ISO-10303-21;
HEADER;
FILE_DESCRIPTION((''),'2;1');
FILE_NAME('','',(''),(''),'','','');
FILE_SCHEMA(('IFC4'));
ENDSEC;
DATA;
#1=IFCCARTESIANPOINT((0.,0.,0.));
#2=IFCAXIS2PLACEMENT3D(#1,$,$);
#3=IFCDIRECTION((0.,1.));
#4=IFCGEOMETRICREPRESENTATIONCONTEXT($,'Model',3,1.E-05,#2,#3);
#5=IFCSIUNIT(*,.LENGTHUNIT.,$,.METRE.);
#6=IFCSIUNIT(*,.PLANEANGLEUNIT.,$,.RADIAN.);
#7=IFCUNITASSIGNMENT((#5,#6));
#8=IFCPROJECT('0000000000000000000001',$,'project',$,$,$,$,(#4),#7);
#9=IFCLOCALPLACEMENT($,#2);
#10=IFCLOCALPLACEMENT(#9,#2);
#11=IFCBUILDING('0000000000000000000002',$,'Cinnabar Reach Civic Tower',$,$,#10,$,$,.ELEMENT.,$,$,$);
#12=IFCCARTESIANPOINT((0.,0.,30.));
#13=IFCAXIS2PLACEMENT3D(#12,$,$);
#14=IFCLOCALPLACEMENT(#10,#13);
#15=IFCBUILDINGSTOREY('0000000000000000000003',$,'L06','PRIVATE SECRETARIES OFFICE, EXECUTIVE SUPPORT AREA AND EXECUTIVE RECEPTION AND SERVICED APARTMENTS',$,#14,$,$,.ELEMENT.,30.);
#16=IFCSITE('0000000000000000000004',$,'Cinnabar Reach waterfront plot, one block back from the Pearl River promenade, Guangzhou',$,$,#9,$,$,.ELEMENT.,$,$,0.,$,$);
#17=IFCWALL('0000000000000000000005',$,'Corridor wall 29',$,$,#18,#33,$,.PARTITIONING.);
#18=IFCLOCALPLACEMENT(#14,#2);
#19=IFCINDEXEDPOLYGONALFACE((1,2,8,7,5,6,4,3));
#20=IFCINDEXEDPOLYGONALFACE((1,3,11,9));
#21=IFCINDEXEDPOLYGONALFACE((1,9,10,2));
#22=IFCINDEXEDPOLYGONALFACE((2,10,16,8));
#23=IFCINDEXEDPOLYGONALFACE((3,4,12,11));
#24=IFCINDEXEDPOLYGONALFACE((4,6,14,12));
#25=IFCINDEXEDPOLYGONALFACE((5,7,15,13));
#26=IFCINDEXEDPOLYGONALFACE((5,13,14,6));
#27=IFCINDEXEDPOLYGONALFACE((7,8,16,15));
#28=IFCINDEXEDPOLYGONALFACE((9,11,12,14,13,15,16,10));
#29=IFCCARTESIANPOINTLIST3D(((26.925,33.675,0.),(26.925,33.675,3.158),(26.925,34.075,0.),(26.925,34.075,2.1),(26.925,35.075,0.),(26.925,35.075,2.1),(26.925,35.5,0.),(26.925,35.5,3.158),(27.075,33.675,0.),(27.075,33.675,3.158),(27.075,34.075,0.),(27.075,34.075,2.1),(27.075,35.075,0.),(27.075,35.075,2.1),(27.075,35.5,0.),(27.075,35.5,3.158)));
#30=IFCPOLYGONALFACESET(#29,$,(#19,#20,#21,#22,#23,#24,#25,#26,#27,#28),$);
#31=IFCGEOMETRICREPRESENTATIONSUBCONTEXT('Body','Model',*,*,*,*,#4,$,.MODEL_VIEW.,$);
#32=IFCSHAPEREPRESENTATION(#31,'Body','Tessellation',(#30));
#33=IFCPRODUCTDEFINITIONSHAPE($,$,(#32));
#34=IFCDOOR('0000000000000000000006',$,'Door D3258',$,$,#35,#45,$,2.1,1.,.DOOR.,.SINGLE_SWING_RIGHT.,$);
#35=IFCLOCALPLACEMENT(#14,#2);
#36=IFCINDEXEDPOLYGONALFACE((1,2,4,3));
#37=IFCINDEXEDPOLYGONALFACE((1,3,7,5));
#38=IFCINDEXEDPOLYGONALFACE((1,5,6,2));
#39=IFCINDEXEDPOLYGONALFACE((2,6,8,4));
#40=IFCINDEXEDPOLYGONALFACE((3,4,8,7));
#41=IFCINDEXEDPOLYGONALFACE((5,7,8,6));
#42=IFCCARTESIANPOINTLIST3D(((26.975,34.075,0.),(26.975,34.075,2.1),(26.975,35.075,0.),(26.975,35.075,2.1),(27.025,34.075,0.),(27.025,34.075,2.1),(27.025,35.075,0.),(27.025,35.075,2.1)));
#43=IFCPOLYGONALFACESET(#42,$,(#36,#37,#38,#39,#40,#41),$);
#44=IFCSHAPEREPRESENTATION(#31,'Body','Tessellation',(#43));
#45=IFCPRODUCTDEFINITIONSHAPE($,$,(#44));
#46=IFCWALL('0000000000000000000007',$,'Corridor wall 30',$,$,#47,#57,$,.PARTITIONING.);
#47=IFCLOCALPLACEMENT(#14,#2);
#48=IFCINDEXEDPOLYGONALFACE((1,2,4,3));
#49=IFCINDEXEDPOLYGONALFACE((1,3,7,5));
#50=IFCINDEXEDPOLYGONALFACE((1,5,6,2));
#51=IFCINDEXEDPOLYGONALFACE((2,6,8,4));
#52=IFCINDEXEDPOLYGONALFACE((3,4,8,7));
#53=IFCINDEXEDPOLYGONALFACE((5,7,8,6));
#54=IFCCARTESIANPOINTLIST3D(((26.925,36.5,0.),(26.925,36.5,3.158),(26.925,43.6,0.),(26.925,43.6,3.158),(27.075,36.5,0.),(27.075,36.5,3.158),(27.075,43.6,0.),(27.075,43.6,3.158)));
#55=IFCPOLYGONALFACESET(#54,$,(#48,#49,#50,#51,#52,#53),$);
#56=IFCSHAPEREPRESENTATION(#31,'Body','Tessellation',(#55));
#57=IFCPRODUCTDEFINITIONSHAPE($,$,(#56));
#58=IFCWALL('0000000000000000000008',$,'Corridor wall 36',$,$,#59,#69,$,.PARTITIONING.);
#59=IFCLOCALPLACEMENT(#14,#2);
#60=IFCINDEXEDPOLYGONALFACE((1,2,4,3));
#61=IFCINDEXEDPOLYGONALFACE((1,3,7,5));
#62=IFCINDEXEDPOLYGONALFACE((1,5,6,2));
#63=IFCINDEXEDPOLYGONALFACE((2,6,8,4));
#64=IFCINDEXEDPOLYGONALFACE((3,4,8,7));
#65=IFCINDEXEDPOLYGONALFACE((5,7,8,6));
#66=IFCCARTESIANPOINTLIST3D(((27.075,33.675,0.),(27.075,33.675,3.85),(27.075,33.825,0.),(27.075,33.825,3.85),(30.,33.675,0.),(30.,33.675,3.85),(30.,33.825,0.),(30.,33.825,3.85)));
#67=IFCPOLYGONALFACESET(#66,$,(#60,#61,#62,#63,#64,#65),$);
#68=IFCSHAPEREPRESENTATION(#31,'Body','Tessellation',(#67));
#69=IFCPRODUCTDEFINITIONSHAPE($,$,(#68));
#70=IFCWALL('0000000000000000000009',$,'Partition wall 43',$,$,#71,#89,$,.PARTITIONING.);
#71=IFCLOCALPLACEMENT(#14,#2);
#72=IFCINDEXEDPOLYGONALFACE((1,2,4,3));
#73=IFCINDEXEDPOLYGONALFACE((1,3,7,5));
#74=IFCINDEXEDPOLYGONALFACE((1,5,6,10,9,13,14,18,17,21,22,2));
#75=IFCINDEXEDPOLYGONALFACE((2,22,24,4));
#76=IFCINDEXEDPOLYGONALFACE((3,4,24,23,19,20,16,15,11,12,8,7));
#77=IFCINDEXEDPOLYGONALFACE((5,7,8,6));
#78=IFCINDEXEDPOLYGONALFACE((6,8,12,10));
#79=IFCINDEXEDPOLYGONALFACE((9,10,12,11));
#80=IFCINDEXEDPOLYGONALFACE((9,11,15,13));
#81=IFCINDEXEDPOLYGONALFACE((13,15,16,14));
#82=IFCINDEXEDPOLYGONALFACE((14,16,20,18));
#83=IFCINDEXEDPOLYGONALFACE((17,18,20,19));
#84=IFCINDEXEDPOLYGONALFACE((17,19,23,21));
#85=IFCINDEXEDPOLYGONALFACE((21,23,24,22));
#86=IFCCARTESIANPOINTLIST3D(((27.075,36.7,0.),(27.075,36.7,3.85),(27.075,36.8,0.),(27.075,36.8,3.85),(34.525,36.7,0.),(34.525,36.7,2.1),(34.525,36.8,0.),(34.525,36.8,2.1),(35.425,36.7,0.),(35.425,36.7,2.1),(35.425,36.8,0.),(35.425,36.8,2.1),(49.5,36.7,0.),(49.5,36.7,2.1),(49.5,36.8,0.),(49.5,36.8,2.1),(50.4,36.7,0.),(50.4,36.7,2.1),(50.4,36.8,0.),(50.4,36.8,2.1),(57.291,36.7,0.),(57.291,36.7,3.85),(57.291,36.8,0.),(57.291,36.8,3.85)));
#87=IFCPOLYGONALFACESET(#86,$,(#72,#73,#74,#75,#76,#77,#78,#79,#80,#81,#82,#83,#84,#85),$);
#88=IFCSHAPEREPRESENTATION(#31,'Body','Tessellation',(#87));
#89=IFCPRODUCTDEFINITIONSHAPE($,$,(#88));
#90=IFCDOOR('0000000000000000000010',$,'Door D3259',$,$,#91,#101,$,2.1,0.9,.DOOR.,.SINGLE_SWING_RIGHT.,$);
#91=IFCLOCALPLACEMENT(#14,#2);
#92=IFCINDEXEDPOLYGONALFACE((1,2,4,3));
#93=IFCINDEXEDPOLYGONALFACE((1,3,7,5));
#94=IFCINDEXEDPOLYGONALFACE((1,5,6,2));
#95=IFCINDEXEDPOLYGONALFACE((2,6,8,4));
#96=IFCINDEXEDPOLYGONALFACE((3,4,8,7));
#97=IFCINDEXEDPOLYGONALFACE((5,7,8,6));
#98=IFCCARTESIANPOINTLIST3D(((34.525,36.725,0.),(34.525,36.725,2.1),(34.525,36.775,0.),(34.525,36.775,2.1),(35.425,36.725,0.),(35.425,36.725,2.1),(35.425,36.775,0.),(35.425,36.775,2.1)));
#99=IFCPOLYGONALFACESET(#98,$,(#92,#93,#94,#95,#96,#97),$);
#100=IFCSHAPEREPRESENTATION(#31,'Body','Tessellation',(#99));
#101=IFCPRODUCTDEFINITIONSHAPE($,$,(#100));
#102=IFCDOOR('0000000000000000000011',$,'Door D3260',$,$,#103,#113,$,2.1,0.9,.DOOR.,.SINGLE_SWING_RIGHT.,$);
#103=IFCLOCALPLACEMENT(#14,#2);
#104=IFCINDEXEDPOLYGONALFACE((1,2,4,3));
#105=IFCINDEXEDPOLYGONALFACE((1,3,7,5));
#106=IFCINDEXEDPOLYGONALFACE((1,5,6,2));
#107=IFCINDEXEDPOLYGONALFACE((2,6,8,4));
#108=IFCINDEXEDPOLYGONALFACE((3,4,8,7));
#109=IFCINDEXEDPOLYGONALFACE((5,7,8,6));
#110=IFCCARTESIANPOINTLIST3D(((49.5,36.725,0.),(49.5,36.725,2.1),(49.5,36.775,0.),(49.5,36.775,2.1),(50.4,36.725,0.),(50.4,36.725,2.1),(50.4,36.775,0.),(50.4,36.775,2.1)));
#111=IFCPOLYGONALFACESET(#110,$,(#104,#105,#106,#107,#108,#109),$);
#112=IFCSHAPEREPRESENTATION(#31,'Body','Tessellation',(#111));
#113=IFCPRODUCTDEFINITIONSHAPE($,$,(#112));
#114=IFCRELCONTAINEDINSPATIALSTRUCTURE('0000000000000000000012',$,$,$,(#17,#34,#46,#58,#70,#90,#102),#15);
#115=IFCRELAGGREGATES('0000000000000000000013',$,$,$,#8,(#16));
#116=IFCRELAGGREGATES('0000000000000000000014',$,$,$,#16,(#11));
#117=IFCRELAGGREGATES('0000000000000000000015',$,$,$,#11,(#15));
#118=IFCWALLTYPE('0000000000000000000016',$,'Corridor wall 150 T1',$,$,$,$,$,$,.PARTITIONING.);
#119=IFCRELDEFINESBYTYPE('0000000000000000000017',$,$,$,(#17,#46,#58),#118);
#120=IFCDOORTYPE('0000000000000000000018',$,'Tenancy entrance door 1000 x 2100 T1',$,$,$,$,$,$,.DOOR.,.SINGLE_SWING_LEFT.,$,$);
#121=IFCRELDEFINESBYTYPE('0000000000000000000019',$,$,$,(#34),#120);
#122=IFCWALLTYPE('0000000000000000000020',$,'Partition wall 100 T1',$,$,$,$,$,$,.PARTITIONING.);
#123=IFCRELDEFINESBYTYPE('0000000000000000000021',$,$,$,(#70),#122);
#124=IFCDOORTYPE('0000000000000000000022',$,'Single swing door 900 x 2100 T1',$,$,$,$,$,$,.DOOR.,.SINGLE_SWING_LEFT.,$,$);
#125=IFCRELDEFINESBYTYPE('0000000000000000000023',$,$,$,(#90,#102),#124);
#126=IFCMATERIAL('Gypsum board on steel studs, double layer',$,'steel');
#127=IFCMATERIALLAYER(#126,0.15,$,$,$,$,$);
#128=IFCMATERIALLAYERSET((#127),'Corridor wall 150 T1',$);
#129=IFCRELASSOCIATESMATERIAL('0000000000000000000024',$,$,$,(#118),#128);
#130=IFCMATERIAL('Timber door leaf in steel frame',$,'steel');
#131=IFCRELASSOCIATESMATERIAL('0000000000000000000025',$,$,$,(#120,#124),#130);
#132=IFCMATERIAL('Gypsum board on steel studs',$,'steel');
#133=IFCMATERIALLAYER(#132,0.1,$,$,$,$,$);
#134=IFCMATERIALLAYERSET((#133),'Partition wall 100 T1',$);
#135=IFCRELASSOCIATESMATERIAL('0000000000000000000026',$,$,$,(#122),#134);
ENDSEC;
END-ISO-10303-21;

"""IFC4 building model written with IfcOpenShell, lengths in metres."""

from ifc_helpers import new_model, si_unit, direction, frame, frame_2d, origin, place, context, subcontext, project, spatial, rectangle, extrude, material, layer, layer_set, type_object, element, fill, save


model = new_model("IFC4")

# Units and contexts
model_context = context("Model", 3, precision=1e-05, world=origin(), true_north=direction((0.0, 1.0)))
body_context = subcontext(model_context, "Body", "Model", "MODEL_VIEW")
ifc_project = project(units=[si_unit("LENGTHUNIT", "METRE"), si_unit("PLANEANGLEUNIT", "RADIAN")], contexts=[model_context])

# Site, building, storey
site_placement = place(None, origin())
site = spatial("IfcSite", under=ifc_project, at=site_placement, Name="Cinnabar Reach waterfront plot, one block back from the Pearl River promenade, Guangzhou", CompositionType="ELEMENT", RefElevation=0.0)
building_placement = place(site_placement, origin())
building = spatial("IfcBuilding", under=site, at=building_placement, Name="Cinnabar Reach Civic Tower", CompositionType="ELEMENT")
storey_placement = place(building_placement, frame((0.0, 0.0, 30.0)))
storey = spatial("IfcBuildingStorey", under=building, at=storey_placement, Name="L06", Description="PRIVATE SECRETARIES OFFICE, EXECUTIVE SUPPORT AREA AND EXECUTIVE RECEPTION AND SERVICED APARTMENTS", CompositionType="ELEMENT", Elevation=30.0)

# Wall, opening, door
ifc_material_1 = material(Name="Gypsum board on steel studs, double layer", Category="steel")
ifc_layer_1 = layer(ifc_material_1, 0.15)
ifc_layer_set_1 = layer_set([ifc_layer_1], Name="Corridor wall 150 T1")
wall_type_1 = type_object("IfcWallType", Name="Corridor wall 150 T1", PredefinedType="PARTITIONING", material=ifc_layer_set_1)
wall_1_placement = place(storey_placement, frame((27.0, 33.675, 0.0), z_axis=(0.0, 0.0, 1.0), x_axis=(0.0, 1.0, 0.0)))
wall_1 = element("IfcWall", 1, at=wall_1_placement, inside=storey, type_object=wall_type_1, Name="Corridor wall 29", PredefinedType="PARTITIONING", context=body_context, shape_type="SweptSolid", body=[
    extrude(rectangle(XDim=1.825, YDim=0.15, at=frame_2d((0.9125, 0.0))), origin(), (0.0, 0.0, 1.0), 3.158),
])
opening_1_placement = place(wall_1_placement, frame((0.4, 0.0, 0.0)))
opening_1 = element("IfcOpeningElement", 2, at=opening_1_placement, cuts=wall_1, PredefinedType="OPENING", context=body_context, shape_type="SweptSolid", body=[
    extrude(rectangle(XDim=1.0, YDim=2.1, at=frame_2d((0.5, 1.05))), frame((0.0, 0.085, 0.0), z_axis=(0.0, -1.0, 0.0), x_axis=(1.0, 0.0, 0.0)), (0.0, 0.0, 1.0), 0.17),
])
ifc_material_2 = material(Name="Timber door leaf in steel frame", Category="steel")
door_type_1 = type_object("IfcDoorType", Name="Tenancy entrance door 1000 x 2100 T1", OperationType="SINGLE_SWING_LEFT", PredefinedType="DOOR", material=ifc_material_2)
door_1_placement = place(opening_1_placement, frame((1.0, 0.0, 0.0), z_axis=(0.0, 0.0, 1.0), x_axis=(-1.0, 0.0, 0.0)))
door_1 = element("IfcDoor", 3, at=door_1_placement, inside=storey, type_object=door_type_1, Name="Door D3258", OperationType="SINGLE_SWING_RIGHT", OverallHeight=2.1, OverallWidth=1.0, PredefinedType="DOOR", context=body_context, shape_type="SweptSolid", body=[
    extrude(rectangle(XDim=1.0, YDim=2.1, at=frame_2d((0.5, 1.05))), frame((0.0, 0.025, 0.0), z_axis=(0.0, -1.0, 0.0), x_axis=(1.0, 0.0, 0.0)), (0.0, 0.0, 1.0), 0.05),
])
fill(opening_1, door_1)

# Walls
wall_2_placement = place(storey_placement, frame((27.0, 36.5, 0.0), z_axis=(0.0, 0.0, 1.0), x_axis=(0.0, 1.0, 0.0)))
element("IfcWall", 4, at=wall_2_placement, inside=storey, type_object=wall_type_1, Name="Corridor wall 30", PredefinedType="PARTITIONING", context=body_context, shape_type="SweptSolid", body=[
    extrude(rectangle(XDim=7.1, YDim=0.15, at=frame_2d((3.55, 0.0))), origin(), (0.0, 0.0, 1.0), 3.158),
])
wall_3_placement = place(storey_placement, frame((27.075, 33.75, 0.0), z_axis=(0.0, 0.0, 1.0), x_axis=(1.0, 0.0, 0.0)))
element("IfcWall", 5, at=wall_3_placement, inside=storey, type_object=wall_type_1, Name="Corridor wall 36", PredefinedType="PARTITIONING", context=body_context, shape_type="SweptSolid", body=[
    extrude(rectangle(XDim=2.925, YDim=0.15, at=frame_2d((1.4625, 0.0))), origin(), (0.0, 0.0, 1.0), 3.85),
])

# Wall, openings, doors
ifc_material_3 = material(Name="Gypsum board on steel studs", Category="steel")
ifc_layer_2 = layer(ifc_material_3, 0.1)
ifc_layer_set_2 = layer_set([ifc_layer_2], Name="Partition wall 100 T1")
wall_type_2 = type_object("IfcWallType", Name="Partition wall 100 T1", PredefinedType="PARTITIONING", material=ifc_layer_set_2)
wall_4_placement = place(storey_placement, frame((27.075, 36.75, 0.0), z_axis=(0.0, 0.0, 1.0), x_axis=(1.0, 0.0, 0.0)))
wall_4 = element("IfcWall", 6, at=wall_4_placement, inside=storey, type_object=wall_type_2, Name="Partition wall 43", PredefinedType="PARTITIONING", context=body_context, shape_type="SweptSolid", body=[
    extrude(rectangle(XDim=30.2159, YDim=0.1, at=frame_2d((15.108, 0.0))), origin(), (0.0, 0.0, 1.0), 3.85),
])
opening_2_placement = place(wall_4_placement, frame((7.45, 0.0, 0.0)))
opening_2 = element("IfcOpeningElement", 7, at=opening_2_placement, cuts=wall_4, PredefinedType="OPENING", context=body_context, shape_type="SweptSolid", body=[
    extrude(rectangle(XDim=0.9, YDim=2.1, at=frame_2d((0.45, 1.05))), frame((0.0, 0.06, 0.0), z_axis=(0.0, -1.0, 0.0), x_axis=(1.0, 0.0, 0.0)), (0.0, 0.0, 1.0), 0.12),
])
opening_3_placement = place(wall_4_placement, frame((22.425, 0.0, 0.0)))
opening_3 = element("IfcOpeningElement", 8, at=opening_3_placement, cuts=wall_4, PredefinedType="OPENING", context=body_context, shape_type="SweptSolid", body=[
    extrude(rectangle(XDim=0.9, YDim=2.1, at=frame_2d((0.45, 1.05))), frame((0.0, 0.06, 0.0), z_axis=(0.0, -1.0, 0.0), x_axis=(1.0, 0.0, 0.0)), (0.0, 0.0, 1.0), 0.12),
])
door_type_2 = type_object("IfcDoorType", Name="Single swing door 900 x 2100 T1", OperationType="SINGLE_SWING_LEFT", PredefinedType="DOOR", material=ifc_material_2)
door_2_placement = place(opening_2_placement, origin())
door_2 = element("IfcDoor", 9, at=door_2_placement, inside=storey, type_object=door_type_2, Name="Door D3259", OperationType="SINGLE_SWING_RIGHT", OverallHeight=2.1, OverallWidth=0.9, PredefinedType="DOOR", context=body_context, shape_type="SweptSolid", body=[
    extrude(rectangle(XDim=0.9, YDim=2.1, at=frame_2d((0.45, 1.05))), frame((0.0, 0.025, 0.0), z_axis=(0.0, -1.0, 0.0), x_axis=(1.0, 0.0, 0.0)), (0.0, 0.0, 1.0), 0.05),
])
fill(opening_2, door_2)
door_3_placement = place(opening_3_placement, origin())
door_3 = element("IfcDoor", 10, at=door_3_placement, inside=storey, type_object=door_type_2, Name="Door D3260", OperationType="SINGLE_SWING_RIGHT", OverallHeight=2.1, OverallWidth=0.9, PredefinedType="DOOR", context=body_context, shape_type="SweptSolid", body=[
    extrude(rectangle(XDim=0.9, YDim=2.1, at=frame_2d((0.45, 1.05))), frame((0.0, 0.025, 0.0), z_axis=(0.0, -1.0, 0.0), x_axis=(1.0, 0.0, 0.0)), (0.0, 0.0, 1.0), 0.05),
])
fill(opening_3, door_3)

save(model, "model.ifc")
